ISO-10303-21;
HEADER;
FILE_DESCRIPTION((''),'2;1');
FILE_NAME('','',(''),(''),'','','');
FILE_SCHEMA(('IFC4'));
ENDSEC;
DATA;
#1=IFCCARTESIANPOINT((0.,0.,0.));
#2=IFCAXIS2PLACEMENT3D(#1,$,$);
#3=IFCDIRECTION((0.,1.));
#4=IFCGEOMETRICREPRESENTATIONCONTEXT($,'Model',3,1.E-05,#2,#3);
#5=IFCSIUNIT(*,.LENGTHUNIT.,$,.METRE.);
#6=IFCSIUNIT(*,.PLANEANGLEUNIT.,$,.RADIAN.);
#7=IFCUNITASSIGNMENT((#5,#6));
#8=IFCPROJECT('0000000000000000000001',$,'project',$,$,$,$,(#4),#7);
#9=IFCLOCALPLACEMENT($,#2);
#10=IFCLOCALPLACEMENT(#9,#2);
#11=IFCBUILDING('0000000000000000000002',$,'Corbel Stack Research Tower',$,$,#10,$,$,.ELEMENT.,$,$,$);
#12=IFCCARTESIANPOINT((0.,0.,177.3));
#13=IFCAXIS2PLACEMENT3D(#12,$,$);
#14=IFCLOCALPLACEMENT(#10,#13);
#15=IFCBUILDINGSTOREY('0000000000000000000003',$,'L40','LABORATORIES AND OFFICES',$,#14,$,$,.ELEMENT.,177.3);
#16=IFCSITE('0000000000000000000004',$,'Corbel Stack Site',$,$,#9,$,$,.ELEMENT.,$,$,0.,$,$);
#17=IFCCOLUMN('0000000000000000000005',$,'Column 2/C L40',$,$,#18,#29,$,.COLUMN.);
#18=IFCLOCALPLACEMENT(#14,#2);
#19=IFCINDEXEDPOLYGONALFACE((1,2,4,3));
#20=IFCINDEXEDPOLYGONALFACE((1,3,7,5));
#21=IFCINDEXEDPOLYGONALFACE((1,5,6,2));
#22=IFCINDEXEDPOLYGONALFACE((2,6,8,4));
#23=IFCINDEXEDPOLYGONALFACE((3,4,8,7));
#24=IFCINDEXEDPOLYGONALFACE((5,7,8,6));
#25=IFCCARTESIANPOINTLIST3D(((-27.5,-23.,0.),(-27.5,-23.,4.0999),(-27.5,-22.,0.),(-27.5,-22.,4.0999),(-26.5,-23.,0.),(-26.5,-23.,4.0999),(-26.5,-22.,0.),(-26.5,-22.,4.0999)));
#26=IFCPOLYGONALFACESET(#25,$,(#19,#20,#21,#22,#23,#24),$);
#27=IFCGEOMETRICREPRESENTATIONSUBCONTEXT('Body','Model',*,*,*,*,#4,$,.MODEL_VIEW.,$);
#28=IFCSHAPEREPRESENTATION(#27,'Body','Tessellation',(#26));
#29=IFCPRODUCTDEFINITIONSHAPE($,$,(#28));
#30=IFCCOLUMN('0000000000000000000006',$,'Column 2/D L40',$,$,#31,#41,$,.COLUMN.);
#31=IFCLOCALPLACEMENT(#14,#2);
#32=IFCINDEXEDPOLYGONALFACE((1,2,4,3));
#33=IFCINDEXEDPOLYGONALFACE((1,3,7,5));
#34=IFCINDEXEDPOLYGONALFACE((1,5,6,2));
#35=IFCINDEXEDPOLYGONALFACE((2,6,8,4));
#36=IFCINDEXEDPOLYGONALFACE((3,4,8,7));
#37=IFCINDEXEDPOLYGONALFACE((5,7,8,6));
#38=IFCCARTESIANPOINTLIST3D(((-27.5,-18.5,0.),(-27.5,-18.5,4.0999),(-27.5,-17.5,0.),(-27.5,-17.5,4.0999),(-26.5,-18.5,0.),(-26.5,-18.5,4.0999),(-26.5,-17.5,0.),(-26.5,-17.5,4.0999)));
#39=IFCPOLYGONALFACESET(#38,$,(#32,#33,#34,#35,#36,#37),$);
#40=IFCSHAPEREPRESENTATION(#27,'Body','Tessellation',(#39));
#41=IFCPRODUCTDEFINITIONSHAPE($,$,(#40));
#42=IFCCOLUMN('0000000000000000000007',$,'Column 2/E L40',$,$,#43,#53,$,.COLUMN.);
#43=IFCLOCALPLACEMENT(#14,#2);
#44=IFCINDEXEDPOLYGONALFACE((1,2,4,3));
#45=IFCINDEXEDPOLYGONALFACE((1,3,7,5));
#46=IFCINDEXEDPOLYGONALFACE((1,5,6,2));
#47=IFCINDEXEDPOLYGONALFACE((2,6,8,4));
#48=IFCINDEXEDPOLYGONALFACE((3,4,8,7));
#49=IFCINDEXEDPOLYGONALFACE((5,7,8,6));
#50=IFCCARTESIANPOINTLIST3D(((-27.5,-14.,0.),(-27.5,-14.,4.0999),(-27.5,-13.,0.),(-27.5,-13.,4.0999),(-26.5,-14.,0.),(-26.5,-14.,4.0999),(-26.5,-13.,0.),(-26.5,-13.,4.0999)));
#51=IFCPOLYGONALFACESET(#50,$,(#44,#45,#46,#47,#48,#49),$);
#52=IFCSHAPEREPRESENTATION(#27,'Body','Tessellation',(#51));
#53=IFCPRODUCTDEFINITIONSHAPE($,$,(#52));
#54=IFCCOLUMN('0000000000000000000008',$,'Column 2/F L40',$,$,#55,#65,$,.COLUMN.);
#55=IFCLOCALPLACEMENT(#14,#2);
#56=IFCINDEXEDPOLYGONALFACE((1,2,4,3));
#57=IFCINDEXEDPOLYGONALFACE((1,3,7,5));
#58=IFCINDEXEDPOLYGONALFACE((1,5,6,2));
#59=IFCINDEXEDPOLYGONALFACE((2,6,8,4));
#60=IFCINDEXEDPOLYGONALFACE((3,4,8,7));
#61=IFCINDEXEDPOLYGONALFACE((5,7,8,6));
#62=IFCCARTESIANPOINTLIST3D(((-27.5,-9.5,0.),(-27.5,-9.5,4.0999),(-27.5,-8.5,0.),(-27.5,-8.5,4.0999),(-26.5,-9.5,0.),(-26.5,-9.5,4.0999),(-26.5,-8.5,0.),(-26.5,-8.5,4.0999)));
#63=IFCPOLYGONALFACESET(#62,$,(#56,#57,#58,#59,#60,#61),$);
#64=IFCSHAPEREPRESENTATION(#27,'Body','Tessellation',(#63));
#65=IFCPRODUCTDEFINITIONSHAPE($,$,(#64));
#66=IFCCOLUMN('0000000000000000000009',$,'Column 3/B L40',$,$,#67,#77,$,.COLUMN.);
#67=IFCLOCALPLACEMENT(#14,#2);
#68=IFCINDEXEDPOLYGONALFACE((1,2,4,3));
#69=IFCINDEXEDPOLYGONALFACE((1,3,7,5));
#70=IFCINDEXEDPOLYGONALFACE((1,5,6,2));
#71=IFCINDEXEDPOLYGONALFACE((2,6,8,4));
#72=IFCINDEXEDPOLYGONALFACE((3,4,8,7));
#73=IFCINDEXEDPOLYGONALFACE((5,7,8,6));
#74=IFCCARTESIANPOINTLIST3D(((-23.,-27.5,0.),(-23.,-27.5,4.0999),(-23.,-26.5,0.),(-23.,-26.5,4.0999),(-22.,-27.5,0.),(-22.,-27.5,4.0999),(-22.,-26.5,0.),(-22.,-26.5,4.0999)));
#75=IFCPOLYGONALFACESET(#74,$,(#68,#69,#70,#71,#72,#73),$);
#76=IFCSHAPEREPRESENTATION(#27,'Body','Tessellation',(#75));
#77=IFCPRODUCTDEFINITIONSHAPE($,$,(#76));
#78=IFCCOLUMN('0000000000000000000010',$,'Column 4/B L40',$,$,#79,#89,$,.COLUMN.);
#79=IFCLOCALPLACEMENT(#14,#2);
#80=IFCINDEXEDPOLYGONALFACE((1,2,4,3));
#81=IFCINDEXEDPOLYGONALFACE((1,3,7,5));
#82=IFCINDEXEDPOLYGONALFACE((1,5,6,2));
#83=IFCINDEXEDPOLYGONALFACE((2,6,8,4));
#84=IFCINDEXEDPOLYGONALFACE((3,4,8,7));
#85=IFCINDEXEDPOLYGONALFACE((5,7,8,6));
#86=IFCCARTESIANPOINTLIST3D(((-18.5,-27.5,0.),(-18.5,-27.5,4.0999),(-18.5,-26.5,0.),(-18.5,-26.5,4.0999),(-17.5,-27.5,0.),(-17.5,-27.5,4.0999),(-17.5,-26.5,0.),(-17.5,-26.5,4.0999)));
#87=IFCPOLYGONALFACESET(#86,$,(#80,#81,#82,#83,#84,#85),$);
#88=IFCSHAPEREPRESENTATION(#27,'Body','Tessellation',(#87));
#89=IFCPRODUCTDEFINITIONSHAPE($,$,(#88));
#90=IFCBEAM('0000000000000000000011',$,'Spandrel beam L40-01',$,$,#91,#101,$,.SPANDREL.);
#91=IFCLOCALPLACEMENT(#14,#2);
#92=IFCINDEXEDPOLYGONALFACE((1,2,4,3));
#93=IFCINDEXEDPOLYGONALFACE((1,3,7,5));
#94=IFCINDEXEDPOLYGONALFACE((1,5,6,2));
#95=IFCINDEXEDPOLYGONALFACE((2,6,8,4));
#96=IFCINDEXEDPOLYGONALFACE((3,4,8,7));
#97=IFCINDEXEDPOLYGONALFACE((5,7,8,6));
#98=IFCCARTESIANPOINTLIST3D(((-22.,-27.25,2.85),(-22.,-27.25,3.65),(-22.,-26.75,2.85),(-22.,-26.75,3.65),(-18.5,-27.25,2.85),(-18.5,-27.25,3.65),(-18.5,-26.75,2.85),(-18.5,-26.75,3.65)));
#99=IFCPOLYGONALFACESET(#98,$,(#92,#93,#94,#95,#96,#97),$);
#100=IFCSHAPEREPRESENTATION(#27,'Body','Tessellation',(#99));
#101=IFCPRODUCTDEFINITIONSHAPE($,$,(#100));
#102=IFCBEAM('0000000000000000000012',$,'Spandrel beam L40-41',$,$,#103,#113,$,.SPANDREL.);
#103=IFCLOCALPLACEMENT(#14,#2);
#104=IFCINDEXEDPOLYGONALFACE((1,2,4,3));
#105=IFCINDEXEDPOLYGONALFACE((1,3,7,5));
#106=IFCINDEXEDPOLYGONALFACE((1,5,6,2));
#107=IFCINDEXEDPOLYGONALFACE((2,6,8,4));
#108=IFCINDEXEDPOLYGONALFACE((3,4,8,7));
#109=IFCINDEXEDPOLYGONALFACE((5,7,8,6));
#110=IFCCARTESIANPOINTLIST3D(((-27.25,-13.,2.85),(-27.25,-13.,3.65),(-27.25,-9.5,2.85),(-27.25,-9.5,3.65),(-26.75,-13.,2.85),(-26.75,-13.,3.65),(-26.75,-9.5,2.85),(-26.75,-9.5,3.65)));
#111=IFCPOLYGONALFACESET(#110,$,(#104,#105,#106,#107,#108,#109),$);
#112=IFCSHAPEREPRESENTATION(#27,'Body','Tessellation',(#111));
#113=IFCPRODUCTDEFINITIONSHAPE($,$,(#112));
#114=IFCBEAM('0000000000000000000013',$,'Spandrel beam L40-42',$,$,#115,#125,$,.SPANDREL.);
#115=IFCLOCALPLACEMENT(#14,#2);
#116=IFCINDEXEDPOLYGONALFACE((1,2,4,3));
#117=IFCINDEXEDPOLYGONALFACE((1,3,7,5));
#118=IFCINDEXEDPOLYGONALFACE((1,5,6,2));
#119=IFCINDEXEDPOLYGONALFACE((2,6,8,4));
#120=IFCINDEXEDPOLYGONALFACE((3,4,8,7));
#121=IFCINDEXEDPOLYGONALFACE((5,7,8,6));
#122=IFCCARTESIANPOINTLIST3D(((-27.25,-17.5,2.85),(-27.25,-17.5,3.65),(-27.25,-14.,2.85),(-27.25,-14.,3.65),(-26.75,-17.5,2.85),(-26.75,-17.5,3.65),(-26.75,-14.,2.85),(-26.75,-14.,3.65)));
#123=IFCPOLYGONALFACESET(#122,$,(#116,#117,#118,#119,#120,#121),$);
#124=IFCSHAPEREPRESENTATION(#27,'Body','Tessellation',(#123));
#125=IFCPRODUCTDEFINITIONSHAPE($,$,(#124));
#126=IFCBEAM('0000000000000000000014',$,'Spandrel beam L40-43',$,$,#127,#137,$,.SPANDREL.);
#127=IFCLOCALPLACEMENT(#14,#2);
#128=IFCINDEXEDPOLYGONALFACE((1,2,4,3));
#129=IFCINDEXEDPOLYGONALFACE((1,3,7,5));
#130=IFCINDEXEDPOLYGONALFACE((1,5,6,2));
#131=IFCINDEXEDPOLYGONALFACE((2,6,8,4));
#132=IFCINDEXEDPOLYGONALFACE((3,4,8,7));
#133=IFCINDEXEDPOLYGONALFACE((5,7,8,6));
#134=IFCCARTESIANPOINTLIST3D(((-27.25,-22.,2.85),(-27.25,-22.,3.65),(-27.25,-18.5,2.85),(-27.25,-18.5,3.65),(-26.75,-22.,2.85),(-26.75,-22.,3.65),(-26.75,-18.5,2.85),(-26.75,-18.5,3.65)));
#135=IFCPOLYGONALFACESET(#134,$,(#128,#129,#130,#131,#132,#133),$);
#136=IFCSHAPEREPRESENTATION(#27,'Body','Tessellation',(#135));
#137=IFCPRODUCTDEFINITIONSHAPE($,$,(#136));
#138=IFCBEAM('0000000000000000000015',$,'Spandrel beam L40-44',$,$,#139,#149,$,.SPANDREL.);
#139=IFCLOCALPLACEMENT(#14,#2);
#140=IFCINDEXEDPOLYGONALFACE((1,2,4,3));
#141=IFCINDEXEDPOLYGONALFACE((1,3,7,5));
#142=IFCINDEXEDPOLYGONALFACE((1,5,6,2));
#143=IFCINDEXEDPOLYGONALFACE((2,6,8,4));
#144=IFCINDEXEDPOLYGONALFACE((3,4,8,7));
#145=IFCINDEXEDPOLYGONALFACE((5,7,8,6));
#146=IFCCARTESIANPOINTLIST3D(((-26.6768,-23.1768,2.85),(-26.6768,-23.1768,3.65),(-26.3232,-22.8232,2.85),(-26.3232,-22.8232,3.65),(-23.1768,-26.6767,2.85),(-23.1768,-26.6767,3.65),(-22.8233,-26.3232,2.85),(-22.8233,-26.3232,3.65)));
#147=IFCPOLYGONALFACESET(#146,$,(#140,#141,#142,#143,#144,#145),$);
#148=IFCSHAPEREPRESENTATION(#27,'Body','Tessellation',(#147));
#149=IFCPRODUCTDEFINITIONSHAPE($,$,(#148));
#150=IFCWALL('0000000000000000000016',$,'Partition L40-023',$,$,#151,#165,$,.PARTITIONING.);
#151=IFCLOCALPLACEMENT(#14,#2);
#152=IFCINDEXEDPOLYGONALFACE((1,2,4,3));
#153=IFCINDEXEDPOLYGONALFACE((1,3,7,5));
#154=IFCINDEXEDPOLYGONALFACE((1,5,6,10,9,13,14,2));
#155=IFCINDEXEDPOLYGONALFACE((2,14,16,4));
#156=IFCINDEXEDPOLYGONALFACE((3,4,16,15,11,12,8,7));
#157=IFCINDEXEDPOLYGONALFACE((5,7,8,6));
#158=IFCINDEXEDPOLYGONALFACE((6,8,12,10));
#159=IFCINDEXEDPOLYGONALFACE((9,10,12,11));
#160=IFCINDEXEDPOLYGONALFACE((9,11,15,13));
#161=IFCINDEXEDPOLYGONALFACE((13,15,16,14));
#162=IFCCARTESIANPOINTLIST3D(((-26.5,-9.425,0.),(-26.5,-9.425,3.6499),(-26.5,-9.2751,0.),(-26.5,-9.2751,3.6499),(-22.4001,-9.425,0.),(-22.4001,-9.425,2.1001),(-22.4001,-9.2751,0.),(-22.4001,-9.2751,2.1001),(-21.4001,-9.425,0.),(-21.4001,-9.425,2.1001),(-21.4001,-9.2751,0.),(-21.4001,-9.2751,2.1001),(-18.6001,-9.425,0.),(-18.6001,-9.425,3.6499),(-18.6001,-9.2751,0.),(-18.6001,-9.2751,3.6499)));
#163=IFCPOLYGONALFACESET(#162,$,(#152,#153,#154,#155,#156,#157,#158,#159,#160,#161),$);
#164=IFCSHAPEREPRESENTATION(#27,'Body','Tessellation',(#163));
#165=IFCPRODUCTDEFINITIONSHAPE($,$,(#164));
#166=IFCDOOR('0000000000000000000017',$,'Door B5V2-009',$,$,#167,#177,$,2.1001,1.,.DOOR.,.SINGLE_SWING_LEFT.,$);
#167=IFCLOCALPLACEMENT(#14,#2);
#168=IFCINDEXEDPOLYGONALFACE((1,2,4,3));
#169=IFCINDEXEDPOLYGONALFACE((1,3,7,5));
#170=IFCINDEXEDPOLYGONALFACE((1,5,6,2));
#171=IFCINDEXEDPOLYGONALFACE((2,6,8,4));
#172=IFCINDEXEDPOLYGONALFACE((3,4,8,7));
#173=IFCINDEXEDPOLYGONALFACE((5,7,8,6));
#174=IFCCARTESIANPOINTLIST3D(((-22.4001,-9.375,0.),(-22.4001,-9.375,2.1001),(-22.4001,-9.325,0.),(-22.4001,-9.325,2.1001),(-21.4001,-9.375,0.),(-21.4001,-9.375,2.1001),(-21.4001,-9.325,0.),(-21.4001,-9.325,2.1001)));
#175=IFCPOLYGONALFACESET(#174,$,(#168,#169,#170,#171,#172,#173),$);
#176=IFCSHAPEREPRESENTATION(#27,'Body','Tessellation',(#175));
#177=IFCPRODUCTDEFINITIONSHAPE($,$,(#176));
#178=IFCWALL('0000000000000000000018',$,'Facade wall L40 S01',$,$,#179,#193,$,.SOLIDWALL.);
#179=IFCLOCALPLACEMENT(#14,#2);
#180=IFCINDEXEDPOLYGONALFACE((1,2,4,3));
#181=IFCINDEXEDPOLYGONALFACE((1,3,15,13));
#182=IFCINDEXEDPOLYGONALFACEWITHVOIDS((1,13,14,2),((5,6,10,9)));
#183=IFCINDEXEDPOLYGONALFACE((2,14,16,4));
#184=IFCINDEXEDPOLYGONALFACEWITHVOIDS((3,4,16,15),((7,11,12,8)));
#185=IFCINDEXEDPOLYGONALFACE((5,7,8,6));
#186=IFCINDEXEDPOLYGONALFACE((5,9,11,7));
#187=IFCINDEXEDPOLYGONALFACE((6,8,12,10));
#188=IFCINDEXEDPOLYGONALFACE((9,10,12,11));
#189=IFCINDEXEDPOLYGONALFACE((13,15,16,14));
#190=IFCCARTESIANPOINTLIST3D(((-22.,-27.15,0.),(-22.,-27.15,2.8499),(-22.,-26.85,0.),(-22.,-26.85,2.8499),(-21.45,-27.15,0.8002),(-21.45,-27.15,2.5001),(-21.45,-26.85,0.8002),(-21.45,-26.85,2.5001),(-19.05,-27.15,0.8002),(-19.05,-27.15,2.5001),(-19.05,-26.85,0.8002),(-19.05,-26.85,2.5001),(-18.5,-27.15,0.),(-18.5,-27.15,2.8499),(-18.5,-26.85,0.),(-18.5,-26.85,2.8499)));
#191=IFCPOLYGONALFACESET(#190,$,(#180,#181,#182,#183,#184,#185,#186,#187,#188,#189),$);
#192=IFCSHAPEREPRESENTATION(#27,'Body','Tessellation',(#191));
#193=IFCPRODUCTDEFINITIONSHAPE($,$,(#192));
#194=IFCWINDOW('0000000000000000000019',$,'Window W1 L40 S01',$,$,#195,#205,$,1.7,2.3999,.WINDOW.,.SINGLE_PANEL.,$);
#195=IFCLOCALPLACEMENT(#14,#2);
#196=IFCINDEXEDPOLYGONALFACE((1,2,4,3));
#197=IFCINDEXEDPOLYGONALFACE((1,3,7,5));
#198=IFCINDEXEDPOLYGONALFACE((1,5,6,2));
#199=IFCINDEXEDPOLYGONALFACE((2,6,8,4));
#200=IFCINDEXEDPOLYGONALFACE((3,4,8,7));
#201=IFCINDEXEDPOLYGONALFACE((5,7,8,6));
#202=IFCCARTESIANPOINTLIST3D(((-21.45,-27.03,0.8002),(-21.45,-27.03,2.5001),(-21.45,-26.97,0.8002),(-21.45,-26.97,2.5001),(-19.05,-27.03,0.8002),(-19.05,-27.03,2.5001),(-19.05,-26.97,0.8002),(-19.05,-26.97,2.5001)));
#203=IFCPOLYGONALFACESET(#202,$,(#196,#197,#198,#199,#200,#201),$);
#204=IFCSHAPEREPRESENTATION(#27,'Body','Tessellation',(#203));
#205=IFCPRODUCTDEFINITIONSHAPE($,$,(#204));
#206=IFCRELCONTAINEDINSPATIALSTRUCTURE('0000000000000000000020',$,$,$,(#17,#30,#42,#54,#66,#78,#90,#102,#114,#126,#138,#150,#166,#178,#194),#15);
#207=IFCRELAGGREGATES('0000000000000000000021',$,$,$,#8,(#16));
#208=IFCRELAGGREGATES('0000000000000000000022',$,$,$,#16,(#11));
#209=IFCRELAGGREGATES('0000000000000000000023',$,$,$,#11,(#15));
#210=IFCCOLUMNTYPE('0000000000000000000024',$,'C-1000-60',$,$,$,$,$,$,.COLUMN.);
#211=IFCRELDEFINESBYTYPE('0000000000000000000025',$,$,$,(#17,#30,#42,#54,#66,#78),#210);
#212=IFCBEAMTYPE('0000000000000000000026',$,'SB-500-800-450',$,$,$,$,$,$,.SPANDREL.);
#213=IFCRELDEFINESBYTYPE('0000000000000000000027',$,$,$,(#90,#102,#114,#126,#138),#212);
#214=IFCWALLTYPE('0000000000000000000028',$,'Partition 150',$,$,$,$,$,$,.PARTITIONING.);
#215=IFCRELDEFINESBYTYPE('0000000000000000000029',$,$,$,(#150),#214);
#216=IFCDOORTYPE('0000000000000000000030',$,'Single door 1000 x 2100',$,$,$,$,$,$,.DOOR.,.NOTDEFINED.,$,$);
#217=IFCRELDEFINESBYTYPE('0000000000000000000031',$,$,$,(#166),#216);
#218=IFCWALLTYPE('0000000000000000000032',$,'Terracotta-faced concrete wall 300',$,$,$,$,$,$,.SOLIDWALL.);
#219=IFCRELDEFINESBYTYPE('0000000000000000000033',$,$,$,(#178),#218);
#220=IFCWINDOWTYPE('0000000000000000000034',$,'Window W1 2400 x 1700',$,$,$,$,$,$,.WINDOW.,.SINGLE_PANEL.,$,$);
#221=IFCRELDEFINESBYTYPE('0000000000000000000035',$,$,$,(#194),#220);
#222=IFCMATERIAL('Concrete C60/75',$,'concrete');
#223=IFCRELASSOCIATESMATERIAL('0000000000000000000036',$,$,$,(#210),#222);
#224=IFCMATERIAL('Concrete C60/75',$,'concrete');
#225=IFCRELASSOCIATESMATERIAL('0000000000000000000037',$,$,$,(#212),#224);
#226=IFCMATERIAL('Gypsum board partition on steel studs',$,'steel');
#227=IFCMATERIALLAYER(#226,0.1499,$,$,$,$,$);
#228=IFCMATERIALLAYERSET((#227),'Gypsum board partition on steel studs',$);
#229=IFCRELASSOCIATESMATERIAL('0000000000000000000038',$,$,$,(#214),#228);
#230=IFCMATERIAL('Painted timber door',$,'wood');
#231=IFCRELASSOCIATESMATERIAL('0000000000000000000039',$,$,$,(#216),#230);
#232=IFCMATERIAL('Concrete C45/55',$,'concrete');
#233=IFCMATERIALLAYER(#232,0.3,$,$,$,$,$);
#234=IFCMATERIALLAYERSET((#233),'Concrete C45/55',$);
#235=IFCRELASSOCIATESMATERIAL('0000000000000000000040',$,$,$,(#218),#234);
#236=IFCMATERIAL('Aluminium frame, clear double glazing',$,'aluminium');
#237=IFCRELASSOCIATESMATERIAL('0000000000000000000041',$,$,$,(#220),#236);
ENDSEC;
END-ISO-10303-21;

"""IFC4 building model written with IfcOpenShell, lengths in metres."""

from ifc_helpers import new_model, si_unit, direction, frame, frame_2d, origin, origin_2d, place, context, subcontext, project, spatial, rectangle, extrude, material, layer, layer_set, material_profile, profile_set, type_object, element, fill, save


model = new_model("IFC4")

# Units and contexts
model_context = context("Model", 3, precision=1e-05, world=origin(), true_north=direction((0.0, 1.0)))
body_context = subcontext(model_context, "Body", "Model", "MODEL_VIEW")
ifc_project = project(units=[si_unit("LENGTHUNIT", "METRE"), si_unit("PLANEANGLEUNIT", "RADIAN")], contexts=[model_context])

# Site, building, storey
site_placement = place(None, origin())
site = spatial("IfcSite", under=ifc_project, at=site_placement, Name="Corbel Stack Site", CompositionType="ELEMENT", RefElevation=0.0)
building_placement = place(site_placement, origin())
building = spatial("IfcBuilding", under=site, at=building_placement, Name="Corbel Stack Research Tower", CompositionType="ELEMENT")
storey_placement = place(building_placement, frame((0.0, 0.0, 177.3)))
storey = spatial("IfcBuildingStorey", under=building, at=storey_placement, Name="L40", Description="LABORATORIES AND OFFICES", CompositionType="ELEMENT", Elevation=177.3)

# Columns
ifc_material_1 = material(Name="Concrete C60/75", Category="concrete")
ifc_material_profile_1 = material_profile(ifc_material_1, rectangle(XDim=1.0, YDim=1.0, at=origin_2d()), Name="RC 1000 x 1000")
ifc_profile_set_1 = profile_set([ifc_material_profile_1], Name="Concrete C60/75")
column_type = type_object("IfcColumnType", Name="C-1000-60", PredefinedType="COLUMN", material=ifc_profile_set_1)
for number, where, z_axis, x_axis, name in (
    (1, (-27.0, -22.5, 0.0), (0.0, 0.0, 1.0), (1.0, 0.0, 0.0), "Column 2/C L40"),
    (2, (-27.0, -18.0, 0.0), (0.0, 0.0, 1.0), (1.0, 0.0, 0.0), "Column 2/D L40"),
    (3, (-27.0, -13.5, 0.0), (0.0, 0.0, 1.0), (1.0, 0.0, 0.0), "Column 2/E L40"),
    (4, (-27.0, -9.0, 0.0), (0.0, 0.0, 1.0), (1.0, 0.0, 0.0), "Column 2/F L40"),
    (5, (-22.5, -27.0, 0.0), (0.0, 0.0, 1.0), (1.0, 0.0, 0.0), "Column 3/B L40"),
    (6, (-18.0, -27.0, 0.0), (0.0, 0.0, 1.0), (1.0, 0.0, 0.0), "Column 4/B L40"),
):
    element("IfcColumn", number, at=place(storey_placement, frame(where, z_axis=z_axis, x_axis=x_axis)), inside=storey, type_object=column_type, Name=name, PredefinedType="COLUMN", context=body_context, shape_type="SweptSolid", body=[
        extrude(rectangle(XDim=1.0, YDim=1.0, at=origin_2d()), origin(), (0.0, 0.0, 1.0), 4.0999),
    ])

# Beams
ifc_material_2 = material(Name="Concrete C60/75", Category="concrete")
ifc_material_profile_2 = material_profile(ifc_material_2, rectangle(XDim=0.5, YDim=0.8, at=origin_2d()), Name="RC 500 x 800")
ifc_profile_set_2 = profile_set([ifc_material_profile_2], Name="Concrete C60/75")
beam_type = type_object("IfcBeamType", Name="SB-500-800-450", PredefinedType="SPANDREL", material=ifc_profile_set_2)
for number, where, z_axis, x_axis, name in (
    (7, (-22.0, -27.0, 3.25), (1.0, 0.0, 0.0), (0.0, 1.0, 0.0), "Spandrel beam L40-01"),
    (8, (-27.0, -9.5, 3.25), (0.0, -1.0, 0.0), (1.0, 0.0, 0.0), "Spandrel beam L40-41"),
    (9, (-27.0, -14.0, 3.25), (0.0, -1.0, 0.0), (1.0, 0.0, 0.0), "Spandrel beam L40-42"),
    (10, (-27.0, -18.5, 3.25), (0.0, -1.0, 0.0), (1.0, 0.0, 0.0), "Spandrel beam L40-43"),
):
    element("IfcBeam", number, at=place(storey_placement, frame(where, z_axis=z_axis, x_axis=x_axis)), inside=storey, type_object=beam_type, Name=name, PredefinedType="SPANDREL", context=body_context, shape_type="SweptSolid", body=[
        extrude(rectangle(XDim=0.5, YDim=0.8, at=origin_2d()), origin(), (0.0, 0.0, 1.0), 3.5),
    ])
beam_placement = place(storey_placement, frame((-26.5, -23.0, 3.25), z_axis=(0.707107, -0.707107, 0.0), x_axis=(0.707107, 0.707107, 0.0)))
element("IfcBeam", 11, at=beam_placement, inside=storey, type_object=beam_type, Name="Spandrel beam L40-44", PredefinedType="SPANDREL", context=body_context, shape_type="SweptSolid", body=[
    extrude(rectangle(XDim=0.5, YDim=0.8, at=origin_2d()), origin(), (0.0, 0.0, 1.0), 4.9497),
])

# Wall, opening, door
ifc_material_3 = material(Name="Gypsum board partition on steel studs", Category="steel")
ifc_layer_1 = layer(ifc_material_3, 0.1499)
ifc_layer_set_1 = layer_set([ifc_layer_1], Name="Gypsum board partition on steel studs")
wall_type_1 = type_object("IfcWallType", Name="Partition 150", PredefinedType="PARTITIONING", material=ifc_layer_set_1)
wall_1_placement = place(storey_placement, frame((-18.6001, -9.3501, 0.0), z_axis=(0.0, 0.0, 1.0), x_axis=(-1.0, 0.0, 0.0)))
wall_1 = element("IfcWall", 12, at=wall_1_placement, inside=storey, type_object=wall_type_1, Name="Partition L40-023", PredefinedType="PARTITIONING", context=body_context, shape_type="SweptSolid", body=[
    extrude(rectangle(XDim=7.8999, YDim=0.1499, at=frame_2d((3.95, 0.0))), origin(), (0.0, 0.0, 1.0), 3.6499),
])
opening_1_placement = place(wall_1_placement, frame((2.8, 0.0, 0.0)))
opening_1 = element("IfcOpeningElement", 13, at=opening_1_placement, cuts=wall_1, PredefinedType="OPENING", context=body_context, shape_type="SweptSolid", body=[
    extrude(rectangle(XDim=1.0, YDim=2.1001, at=frame_2d((0.5, 1.05))), frame((0.0, 0.085, 0.0), z_axis=(0.0, -1.0, 0.0), x_axis=(1.0, 0.0, 0.0)), (0.0, 0.0, 1.0), 0.1699),
])
ifc_material_4 = material(Name="Painted timber door", Category="wood")
door_type_1 = type_object("IfcDoorType", Name="Single door 1000 x 2100", OperationType="NOTDEFINED", PredefinedType="DOOR", material=ifc_material_4)
door_1_placement = place(opening_1_placement, origin())
door_1 = element("IfcDoor", 14, at=door_1_placement, inside=storey, type_object=door_type_1, Name="Door B5V2-009", OperationType="SINGLE_SWING_LEFT", OverallHeight=2.1001, OverallWidth=1.0, PredefinedType="DOOR", context=body_context, shape_type="SweptSolid", body=[
    extrude(rectangle(XDim=1.0, YDim=2.1001, at=frame_2d((0.5, 1.05))), frame((0.0, 0.0249, 0.0), z_axis=(0.0, -1.0, 0.0), x_axis=(1.0, 0.0, 0.0)), (0.0, 0.0, 1.0), 0.05),
])
fill(opening_1, door_1)

# Wall, opening, window
ifc_material_5 = material(Name="Concrete C45/55", Category="concrete")
ifc_layer_2 = layer(ifc_material_5, 0.3)
ifc_layer_set_2 = layer_set([ifc_layer_2], Name="Concrete C45/55")
wall_type_2 = type_object("IfcWallType", Name="Terracotta-faced concrete wall 300", PredefinedType="SOLIDWALL", material=ifc_layer_set_2)
wall_2_placement = place(storey_placement, frame((-18.5, -27.0, 0.0), z_axis=(0.0, 0.0, 1.0), x_axis=(-1.0, 0.0, 0.0)))
wall_2 = element("IfcWall", 15, at=wall_2_placement, inside=storey, type_object=wall_type_2, Name="Facade wall L40 S01", PredefinedType="SOLIDWALL", context=body_context, shape_type="SweptSolid", body=[
    extrude(rectangle(XDim=3.5, YDim=0.3, at=frame_2d((1.75, 0.0))), origin(), (0.0, 0.0, 1.0), 2.8499),
])
opening_2_placement = place(wall_2_placement, frame((0.55, 0.0, 0.8)))
opening_2 = element("IfcOpeningElement", 16, at=opening_2_placement, cuts=wall_2, PredefinedType="OPENING", context=body_context, shape_type="SweptSolid", body=[
    extrude(rectangle(XDim=2.3999, YDim=1.7, at=frame_2d((1.2, 0.8501))), frame((0.0, 0.1599, 0.0), z_axis=(0.0, -1.0, 0.0), x_axis=(1.0, 0.0, 0.0)), (0.0, 0.0, 1.0), 0.3201),
])
ifc_material_6 = material(Name="Aluminium frame, clear double glazing", Category="aluminium")
window_type = type_object("IfcWindowType", Name="Window W1 2400 x 1700", PartitioningType="SINGLE_PANEL", PredefinedType="WINDOW", material=ifc_material_6)
window_1_placement = place(opening_2_placement, origin())
window_1 = element("IfcWindow", 17, at=window_1_placement, inside=storey, type_object=window_type, Name="Window W1 L40 S01", OverallHeight=1.7, OverallWidth=2.3999, PartitioningType="SINGLE_PANEL", PredefinedType="WINDOW", context=body_context, shape_type="SweptSolid", body=[
    extrude(rectangle(XDim=2.3999, YDim=1.7, at=frame_2d((1.2, 0.8501))), frame((0.0, 0.03, 0.0), z_axis=(0.0, -1.0, 0.0), x_axis=(1.0, 0.0, 0.0)), (0.0, 0.0, 1.0), 0.0601),
])
fill(opening_2, window_1)

save(model, "model.ifc")
